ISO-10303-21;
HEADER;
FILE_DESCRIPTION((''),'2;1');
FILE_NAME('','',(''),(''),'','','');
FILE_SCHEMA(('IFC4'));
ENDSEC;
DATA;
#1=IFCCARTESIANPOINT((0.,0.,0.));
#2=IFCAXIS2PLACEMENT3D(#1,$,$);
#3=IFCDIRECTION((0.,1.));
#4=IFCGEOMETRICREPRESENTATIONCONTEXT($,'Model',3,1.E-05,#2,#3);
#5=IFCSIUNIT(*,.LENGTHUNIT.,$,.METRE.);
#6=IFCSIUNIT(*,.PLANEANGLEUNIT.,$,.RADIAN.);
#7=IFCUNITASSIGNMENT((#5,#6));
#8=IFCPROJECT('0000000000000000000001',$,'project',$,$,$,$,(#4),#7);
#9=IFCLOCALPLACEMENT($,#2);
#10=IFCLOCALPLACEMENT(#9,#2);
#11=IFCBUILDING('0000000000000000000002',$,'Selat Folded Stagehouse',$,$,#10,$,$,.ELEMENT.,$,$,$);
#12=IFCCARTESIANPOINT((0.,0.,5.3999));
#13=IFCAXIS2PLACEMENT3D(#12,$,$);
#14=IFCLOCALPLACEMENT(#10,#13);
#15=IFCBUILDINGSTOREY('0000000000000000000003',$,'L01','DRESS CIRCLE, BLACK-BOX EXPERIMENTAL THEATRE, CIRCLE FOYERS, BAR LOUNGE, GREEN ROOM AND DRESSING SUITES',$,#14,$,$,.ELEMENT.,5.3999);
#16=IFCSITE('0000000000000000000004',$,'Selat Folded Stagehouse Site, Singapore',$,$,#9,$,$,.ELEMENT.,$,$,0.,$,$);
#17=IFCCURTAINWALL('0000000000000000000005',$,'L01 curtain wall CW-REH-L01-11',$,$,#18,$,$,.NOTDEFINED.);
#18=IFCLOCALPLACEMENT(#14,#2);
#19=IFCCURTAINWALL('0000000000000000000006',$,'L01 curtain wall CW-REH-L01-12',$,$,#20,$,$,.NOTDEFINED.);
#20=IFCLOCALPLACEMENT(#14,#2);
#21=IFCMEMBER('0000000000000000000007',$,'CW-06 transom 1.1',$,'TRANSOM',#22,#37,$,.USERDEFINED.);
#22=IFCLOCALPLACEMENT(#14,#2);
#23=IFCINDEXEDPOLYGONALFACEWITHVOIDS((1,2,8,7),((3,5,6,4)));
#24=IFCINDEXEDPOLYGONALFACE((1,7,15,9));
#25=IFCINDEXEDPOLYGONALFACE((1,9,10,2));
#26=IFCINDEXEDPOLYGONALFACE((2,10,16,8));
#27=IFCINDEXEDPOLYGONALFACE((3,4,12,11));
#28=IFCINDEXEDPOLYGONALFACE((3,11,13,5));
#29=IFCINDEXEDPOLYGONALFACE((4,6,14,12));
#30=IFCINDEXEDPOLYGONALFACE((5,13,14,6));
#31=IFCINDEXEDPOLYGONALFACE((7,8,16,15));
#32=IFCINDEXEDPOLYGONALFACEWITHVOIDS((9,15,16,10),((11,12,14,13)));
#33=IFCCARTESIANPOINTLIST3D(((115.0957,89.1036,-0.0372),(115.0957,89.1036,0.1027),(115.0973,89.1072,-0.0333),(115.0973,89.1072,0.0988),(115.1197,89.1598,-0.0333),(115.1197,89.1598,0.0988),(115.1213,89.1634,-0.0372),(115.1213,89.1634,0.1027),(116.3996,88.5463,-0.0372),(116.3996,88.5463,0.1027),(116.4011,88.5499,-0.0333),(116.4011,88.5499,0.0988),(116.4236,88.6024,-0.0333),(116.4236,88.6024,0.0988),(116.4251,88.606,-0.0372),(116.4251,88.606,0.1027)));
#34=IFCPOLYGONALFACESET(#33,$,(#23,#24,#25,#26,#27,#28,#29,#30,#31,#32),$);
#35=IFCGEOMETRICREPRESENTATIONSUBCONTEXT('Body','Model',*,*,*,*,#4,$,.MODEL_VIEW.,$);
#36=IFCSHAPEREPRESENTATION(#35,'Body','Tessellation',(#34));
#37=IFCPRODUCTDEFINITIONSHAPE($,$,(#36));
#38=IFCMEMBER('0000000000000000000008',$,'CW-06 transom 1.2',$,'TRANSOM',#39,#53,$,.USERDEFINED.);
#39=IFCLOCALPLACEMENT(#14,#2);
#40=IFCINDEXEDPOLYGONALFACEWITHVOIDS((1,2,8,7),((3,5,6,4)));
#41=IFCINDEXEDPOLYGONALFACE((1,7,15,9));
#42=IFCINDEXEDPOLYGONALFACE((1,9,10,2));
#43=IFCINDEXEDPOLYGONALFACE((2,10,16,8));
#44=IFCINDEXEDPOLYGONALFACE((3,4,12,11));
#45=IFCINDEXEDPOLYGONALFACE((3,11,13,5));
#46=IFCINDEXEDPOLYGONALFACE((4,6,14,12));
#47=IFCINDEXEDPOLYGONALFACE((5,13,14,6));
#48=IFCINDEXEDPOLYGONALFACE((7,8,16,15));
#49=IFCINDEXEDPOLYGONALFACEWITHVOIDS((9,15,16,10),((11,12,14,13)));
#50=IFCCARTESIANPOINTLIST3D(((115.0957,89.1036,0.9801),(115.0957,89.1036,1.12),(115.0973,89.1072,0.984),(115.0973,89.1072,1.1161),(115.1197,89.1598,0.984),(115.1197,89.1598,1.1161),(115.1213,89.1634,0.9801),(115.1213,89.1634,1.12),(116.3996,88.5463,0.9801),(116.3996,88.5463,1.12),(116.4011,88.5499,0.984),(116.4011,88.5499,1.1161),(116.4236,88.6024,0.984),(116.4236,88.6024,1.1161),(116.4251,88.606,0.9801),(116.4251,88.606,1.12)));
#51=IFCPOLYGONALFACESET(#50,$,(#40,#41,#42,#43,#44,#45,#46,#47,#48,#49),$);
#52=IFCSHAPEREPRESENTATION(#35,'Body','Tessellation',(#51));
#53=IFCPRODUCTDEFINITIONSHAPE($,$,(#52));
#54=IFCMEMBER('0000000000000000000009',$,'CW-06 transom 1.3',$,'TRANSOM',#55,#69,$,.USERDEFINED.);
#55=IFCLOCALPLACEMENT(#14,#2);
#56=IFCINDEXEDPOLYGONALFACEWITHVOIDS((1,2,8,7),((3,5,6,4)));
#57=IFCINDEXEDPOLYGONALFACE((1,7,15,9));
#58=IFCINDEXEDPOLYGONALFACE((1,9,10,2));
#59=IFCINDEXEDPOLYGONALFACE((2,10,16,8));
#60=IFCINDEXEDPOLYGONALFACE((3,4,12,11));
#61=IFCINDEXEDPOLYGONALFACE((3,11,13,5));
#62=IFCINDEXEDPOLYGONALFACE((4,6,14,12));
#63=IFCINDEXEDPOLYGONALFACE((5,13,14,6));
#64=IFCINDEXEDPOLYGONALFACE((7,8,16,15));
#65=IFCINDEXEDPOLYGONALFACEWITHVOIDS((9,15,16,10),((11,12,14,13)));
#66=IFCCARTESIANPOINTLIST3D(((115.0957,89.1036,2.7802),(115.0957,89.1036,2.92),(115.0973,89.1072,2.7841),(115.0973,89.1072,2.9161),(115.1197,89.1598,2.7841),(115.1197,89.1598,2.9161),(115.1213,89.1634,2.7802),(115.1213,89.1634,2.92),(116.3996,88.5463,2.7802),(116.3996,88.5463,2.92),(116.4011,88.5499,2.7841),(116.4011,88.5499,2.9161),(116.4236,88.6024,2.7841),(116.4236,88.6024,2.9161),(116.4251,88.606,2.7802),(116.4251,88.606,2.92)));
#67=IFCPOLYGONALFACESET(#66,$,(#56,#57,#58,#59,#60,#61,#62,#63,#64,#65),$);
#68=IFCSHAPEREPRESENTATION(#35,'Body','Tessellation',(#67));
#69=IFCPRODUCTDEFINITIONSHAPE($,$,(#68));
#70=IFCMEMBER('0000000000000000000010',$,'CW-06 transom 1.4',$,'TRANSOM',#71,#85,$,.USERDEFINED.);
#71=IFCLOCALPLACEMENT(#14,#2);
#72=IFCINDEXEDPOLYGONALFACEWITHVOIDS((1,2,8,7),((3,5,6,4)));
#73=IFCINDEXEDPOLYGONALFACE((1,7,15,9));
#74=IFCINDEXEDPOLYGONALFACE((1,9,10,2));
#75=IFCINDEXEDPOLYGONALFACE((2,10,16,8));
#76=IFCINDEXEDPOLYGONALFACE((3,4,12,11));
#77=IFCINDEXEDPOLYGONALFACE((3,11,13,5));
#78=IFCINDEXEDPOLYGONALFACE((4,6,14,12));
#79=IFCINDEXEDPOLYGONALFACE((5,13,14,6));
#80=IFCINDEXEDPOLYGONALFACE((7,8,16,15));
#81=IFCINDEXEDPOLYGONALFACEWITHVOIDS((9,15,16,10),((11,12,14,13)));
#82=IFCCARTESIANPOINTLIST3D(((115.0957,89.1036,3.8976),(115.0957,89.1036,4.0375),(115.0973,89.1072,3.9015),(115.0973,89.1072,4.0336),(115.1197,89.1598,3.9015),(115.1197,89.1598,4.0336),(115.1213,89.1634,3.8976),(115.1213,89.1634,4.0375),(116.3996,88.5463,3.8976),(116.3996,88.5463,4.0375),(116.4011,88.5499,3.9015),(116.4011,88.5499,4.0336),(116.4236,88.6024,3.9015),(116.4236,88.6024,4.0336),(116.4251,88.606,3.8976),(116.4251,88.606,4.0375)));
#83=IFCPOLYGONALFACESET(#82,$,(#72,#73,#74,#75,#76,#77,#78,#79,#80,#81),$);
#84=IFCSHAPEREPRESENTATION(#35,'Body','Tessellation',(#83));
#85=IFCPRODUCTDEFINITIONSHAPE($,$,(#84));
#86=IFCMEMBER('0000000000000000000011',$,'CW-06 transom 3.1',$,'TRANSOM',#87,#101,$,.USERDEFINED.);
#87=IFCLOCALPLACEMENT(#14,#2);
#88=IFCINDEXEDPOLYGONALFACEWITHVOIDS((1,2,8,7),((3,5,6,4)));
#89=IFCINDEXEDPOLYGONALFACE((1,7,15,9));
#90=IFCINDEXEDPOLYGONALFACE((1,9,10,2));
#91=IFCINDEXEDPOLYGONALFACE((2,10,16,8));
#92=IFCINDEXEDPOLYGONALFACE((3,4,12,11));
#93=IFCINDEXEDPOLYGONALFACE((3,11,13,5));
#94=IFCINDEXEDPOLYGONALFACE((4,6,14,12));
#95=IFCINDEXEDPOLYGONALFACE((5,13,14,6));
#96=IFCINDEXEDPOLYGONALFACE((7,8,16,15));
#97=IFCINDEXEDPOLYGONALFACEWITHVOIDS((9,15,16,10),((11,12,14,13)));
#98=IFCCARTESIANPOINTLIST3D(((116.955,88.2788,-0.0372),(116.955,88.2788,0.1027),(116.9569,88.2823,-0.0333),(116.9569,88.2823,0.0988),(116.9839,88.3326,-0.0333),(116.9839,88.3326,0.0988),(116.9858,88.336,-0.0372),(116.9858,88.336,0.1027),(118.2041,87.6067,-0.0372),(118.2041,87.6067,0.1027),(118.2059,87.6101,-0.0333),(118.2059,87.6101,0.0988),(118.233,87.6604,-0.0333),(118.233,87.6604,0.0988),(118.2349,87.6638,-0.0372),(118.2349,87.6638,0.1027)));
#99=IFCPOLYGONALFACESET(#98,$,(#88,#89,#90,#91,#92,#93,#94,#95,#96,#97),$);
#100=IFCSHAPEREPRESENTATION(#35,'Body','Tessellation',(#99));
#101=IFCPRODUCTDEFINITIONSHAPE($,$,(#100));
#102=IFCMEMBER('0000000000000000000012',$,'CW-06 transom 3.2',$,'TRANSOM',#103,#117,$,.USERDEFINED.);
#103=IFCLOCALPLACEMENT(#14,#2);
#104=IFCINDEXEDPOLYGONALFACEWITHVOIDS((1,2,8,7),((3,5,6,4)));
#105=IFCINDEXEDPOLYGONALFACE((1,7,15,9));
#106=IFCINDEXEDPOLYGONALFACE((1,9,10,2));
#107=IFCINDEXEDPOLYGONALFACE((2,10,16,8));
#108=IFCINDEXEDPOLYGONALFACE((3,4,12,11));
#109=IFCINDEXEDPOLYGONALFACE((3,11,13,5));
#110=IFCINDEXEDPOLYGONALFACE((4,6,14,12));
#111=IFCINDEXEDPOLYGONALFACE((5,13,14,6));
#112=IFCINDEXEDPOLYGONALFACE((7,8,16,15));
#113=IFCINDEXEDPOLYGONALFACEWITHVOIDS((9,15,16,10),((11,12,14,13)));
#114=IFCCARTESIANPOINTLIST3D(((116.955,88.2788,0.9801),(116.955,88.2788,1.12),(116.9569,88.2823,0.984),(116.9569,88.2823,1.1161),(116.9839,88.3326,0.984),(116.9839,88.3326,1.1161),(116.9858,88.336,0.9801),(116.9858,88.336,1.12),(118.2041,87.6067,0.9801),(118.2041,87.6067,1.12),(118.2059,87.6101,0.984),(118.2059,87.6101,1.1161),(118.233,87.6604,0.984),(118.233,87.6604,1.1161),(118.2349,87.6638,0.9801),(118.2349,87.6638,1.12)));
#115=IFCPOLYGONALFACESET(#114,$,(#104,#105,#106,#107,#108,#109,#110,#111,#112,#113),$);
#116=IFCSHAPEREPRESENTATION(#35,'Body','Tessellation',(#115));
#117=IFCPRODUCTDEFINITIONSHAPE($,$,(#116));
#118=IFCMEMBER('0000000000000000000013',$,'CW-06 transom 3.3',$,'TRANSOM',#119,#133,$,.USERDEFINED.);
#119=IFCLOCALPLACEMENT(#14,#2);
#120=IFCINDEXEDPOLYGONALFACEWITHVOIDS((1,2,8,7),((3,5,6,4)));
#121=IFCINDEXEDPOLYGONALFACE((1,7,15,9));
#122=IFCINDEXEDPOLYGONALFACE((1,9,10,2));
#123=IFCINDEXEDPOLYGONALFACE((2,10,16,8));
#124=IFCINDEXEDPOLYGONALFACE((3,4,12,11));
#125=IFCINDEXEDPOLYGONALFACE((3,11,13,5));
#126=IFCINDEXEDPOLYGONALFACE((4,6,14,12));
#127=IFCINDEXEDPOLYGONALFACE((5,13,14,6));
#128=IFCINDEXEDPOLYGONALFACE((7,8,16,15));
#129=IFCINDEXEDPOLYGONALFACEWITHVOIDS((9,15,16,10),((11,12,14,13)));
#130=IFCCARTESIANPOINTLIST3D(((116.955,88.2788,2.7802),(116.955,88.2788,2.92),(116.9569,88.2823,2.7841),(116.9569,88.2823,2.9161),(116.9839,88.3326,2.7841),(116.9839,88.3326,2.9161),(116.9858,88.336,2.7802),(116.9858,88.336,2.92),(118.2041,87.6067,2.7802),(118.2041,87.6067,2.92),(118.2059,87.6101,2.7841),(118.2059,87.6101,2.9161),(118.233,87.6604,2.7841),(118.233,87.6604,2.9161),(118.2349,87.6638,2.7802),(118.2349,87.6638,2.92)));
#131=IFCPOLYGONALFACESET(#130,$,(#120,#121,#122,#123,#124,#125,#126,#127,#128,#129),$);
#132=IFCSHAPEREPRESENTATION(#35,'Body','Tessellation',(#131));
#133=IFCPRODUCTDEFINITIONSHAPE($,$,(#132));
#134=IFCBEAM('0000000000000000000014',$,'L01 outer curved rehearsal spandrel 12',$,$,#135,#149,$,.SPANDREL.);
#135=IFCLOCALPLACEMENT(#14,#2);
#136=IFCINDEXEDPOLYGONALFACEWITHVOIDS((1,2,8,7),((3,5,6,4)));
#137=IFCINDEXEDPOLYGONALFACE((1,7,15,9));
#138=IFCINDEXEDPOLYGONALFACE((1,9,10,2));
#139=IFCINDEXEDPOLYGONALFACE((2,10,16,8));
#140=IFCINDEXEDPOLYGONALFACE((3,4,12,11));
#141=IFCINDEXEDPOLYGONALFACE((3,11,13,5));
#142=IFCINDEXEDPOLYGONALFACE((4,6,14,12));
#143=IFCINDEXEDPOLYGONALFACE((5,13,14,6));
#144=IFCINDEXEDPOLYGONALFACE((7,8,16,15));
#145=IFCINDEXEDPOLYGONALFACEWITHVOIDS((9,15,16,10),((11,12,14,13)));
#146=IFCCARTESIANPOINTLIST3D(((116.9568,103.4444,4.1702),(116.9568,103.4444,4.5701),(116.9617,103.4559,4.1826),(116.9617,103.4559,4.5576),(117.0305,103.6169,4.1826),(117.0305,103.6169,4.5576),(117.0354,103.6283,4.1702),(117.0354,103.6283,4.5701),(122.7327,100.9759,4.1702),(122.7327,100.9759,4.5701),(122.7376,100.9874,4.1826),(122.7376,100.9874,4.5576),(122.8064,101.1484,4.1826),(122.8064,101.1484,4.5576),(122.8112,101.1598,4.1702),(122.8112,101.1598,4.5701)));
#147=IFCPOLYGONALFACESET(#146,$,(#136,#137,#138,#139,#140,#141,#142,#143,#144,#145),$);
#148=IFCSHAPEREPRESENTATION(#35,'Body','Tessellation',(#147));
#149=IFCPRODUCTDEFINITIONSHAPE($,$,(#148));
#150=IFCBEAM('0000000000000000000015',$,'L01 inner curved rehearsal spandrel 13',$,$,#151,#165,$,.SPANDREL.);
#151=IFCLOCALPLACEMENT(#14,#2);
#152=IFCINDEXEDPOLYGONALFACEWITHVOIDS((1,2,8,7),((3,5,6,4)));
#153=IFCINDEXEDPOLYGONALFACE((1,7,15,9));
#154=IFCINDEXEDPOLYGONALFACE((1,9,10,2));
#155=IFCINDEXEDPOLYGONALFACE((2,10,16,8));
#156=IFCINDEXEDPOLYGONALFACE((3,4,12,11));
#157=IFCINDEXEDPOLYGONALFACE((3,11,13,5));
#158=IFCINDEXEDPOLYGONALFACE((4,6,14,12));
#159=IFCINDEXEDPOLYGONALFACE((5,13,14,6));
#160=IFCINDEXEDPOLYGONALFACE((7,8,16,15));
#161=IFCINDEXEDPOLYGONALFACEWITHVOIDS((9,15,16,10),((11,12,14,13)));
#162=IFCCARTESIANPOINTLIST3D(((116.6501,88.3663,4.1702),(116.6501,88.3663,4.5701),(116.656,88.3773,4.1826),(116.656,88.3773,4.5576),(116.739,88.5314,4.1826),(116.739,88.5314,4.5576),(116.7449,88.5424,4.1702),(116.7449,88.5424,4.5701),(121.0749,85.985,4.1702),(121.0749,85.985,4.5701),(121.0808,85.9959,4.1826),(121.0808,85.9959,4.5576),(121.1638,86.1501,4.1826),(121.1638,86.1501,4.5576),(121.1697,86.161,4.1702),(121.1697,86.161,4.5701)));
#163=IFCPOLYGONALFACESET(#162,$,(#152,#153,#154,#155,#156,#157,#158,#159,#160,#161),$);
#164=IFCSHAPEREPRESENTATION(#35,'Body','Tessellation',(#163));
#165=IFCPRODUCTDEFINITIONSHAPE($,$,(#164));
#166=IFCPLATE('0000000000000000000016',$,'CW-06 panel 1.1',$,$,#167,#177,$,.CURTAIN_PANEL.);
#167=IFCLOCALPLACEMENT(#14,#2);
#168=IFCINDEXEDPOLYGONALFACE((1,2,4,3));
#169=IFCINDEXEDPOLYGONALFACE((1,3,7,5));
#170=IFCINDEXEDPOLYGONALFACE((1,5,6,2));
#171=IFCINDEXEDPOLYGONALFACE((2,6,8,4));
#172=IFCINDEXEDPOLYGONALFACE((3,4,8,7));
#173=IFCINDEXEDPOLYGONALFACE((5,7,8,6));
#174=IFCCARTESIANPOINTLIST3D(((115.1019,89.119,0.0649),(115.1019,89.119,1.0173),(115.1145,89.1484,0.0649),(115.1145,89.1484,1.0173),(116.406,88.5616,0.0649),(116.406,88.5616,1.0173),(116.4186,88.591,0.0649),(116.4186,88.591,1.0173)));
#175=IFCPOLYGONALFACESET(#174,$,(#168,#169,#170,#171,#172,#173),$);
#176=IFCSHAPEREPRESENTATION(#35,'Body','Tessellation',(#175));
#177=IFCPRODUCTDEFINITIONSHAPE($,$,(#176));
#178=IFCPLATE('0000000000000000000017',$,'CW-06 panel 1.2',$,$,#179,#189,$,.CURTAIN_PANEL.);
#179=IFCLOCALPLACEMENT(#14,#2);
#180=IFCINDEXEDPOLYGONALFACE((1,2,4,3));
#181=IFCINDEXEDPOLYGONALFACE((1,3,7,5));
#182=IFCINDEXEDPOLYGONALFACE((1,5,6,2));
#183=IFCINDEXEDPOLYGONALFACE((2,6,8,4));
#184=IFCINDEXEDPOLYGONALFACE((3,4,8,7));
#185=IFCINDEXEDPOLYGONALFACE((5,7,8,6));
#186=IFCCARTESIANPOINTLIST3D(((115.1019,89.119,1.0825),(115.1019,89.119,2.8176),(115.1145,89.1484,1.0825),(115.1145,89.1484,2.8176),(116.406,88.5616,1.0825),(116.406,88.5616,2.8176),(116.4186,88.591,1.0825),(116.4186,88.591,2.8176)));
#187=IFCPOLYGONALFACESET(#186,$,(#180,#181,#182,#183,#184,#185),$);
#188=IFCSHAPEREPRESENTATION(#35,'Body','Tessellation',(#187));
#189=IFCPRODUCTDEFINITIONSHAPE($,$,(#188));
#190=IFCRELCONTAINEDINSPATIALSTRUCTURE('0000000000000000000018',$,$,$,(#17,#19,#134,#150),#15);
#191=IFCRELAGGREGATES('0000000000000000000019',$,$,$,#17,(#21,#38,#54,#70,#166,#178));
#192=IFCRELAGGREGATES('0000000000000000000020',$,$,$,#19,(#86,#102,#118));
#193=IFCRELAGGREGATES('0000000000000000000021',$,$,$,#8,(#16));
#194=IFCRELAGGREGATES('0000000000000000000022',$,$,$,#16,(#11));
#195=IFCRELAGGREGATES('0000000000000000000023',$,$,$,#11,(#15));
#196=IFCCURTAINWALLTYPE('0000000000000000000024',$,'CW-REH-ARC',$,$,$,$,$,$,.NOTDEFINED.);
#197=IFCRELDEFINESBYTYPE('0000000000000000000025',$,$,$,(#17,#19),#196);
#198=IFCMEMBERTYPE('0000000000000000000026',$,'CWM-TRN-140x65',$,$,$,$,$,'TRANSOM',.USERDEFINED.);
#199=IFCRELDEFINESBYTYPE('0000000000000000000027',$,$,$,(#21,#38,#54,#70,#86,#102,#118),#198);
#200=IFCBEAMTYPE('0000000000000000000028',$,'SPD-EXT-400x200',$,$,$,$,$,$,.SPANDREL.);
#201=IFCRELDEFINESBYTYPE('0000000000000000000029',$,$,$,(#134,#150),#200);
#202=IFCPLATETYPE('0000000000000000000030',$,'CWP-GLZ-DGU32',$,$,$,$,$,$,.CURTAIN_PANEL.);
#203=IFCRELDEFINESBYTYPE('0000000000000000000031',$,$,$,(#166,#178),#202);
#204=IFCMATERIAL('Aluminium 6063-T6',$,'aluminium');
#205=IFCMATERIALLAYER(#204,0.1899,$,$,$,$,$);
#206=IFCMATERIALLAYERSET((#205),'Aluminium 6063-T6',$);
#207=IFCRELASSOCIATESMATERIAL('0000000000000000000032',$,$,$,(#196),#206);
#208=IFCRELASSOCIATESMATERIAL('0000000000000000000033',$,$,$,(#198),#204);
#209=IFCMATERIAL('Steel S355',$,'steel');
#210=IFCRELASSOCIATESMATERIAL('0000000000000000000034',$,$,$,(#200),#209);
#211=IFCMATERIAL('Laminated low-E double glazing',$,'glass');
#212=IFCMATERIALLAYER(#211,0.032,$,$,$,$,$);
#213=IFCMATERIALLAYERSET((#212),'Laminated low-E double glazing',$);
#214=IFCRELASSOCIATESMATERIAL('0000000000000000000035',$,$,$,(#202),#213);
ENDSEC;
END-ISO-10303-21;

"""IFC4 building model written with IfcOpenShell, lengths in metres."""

from ifc_helpers import new_model, si_unit, direction, frame, origin, origin_2d, place, context, subcontext, project, spatial, rectangle, hollow_rectangle, extrude, material, layer, layer_set, material_profile, profile_set, type_object, element, aggregate, save


model = new_model("IFC4")

# Units and contexts
model_context = context("Model", 3, precision=1e-05, world=origin(), true_north=direction((0.0, 1.0)))
body_context = subcontext(model_context, "Body", "Model", "MODEL_VIEW")
ifc_project = project(units=[si_unit("LENGTHUNIT", "METRE"), si_unit("PLANEANGLEUNIT", "RADIAN")], contexts=[model_context])

# Site, building, storey
site_placement = place(None, origin())
site = spatial("IfcSite", under=ifc_project, at=site_placement, Name="Selat Folded Stagehouse Site, Singapore", CompositionType="ELEMENT", RefElevation=0.0)
building_placement = place(site_placement, origin())
building = spatial("IfcBuilding", under=site, at=building_placement, Name="Selat Folded Stagehouse", CompositionType="ELEMENT")
storey_placement = place(building_placement, frame((0.0, 0.0, 5.3999)))
storey = spatial("IfcBuildingStorey", under=building, at=storey_placement, Name="L01", Description="DRESS CIRCLE, BLACK-BOX EXPERIMENTAL THEATRE, CIRCLE FOYERS, BAR LOUNGE, GREEN ROOM AND DRESSING SUITES", CompositionType="ELEMENT", Elevation=5.3999)

# Shared definitions
ifc_material_1 = material(Name="Steel S355", Category="steel")

# Curtain walls
ifc_material_2 = material(Name="Aluminium 6063-T6", Category="aluminium")
ifc_layer_1 = layer(ifc_material_2, 0.1899)
ifc_layer_set_1 = layer_set([ifc_layer_1], Name="Aluminium 6063-T6")
curtain_wall_type = type_object("IfcCurtainWallType", Name="CW-REH-ARC", PredefinedType="NOTDEFINED", material=ifc_layer_set_1)
curtain_wall_1_placement = place(storey_placement, origin())
curtain_wall_1 = element("IfcCurtainWall", 1, at=curtain_wall_1_placement, inside=storey, type_object=curtain_wall_type, Name="L01 curtain wall CW-REH-L01-11", PredefinedType="NOTDEFINED")
curtain_wall_2_placement = place(storey_placement, origin())
curtain_wall_2 = element("IfcCurtainWall", 2, at=curtain_wall_2_placement, inside=storey, type_object=curtain_wall_type, Name="L01 curtain wall CW-REH-L01-12", PredefinedType="NOTDEFINED")

# Members
ifc_material_profile_1 = material_profile(ifc_material_2, hollow_rectangle(XDim=0.0649, YDim=0.1399, WallThickness=0.0039, at=origin_2d()), Name="ALU 140x65x4.0")
ifc_profile_set_1 = profile_set([ifc_material_profile_1], Name="Aluminium 6063-T6")
member_type_1 = type_object("IfcMemberType", Name="CWM-TRN-140x65", ElementType="TRANSOM", PredefinedType="USERDEFINED", material=ifc_profile_set_1)
member_1_placement = place(storey_placement, frame((116.4124, 88.5762, 0.0327), z_axis=(-0.919519, 0.393046, 0.0), x_axis=(-0.393046, -0.919519, 0.0)))
member_1 = element("IfcMember", 3, at=member_1_placement, type_object=member_type_1, Name="CW-06 transom 1.1", ObjectType="TRANSOM", PredefinedType="USERDEFINED", context=body_context, shape_type="SweptSolid", body=[
    extrude(hollow_rectangle(XDim=0.0649, YDim=0.1399, WallThickness=0.0039, at=origin_2d()), origin(), (0.0, 0.0, 1.0), 1.418),
])
member_2_placement = place(storey_placement, frame((116.4124, 88.5762, 1.05), z_axis=(-0.919519, 0.393046, 0.0), x_axis=(-0.393046, -0.919519, 0.0)))
member_2 = element("IfcMember", 4, at=member_2_placement, type_object=member_type_1, Name="CW-06 transom 1.2", ObjectType="TRANSOM", PredefinedType="USERDEFINED", context=body_context, shape_type="SweptSolid", body=[
    extrude(hollow_rectangle(XDim=0.0649, YDim=0.1399, WallThickness=0.0039, at=origin_2d()), origin(), (0.0, 0.0, 1.0), 1.418),
])
member_3_placement = place(storey_placement, frame((116.4124, 88.5762, 2.8501), z_axis=(-0.919519, 0.393046, 0.0), x_axis=(-0.393046, -0.919519, 0.0)))
member_3 = element("IfcMember", 5, at=member_3_placement, type_object=member_type_1, Name="CW-06 transom 1.3", ObjectType="TRANSOM", PredefinedType="USERDEFINED", context=body_context, shape_type="SweptSolid", body=[
    extrude(hollow_rectangle(XDim=0.0649, YDim=0.1399, WallThickness=0.0039, at=origin_2d()), origin(), (0.0, 0.0, 1.0), 1.418),
])
member_4_placement = place(storey_placement, frame((116.4124, 88.5762, 3.9675), z_axis=(-0.919519, 0.393046, 0.0), x_axis=(-0.393046, -0.919519, 0.0)))
member_4 = element("IfcMember", 6, at=member_4_placement, type_object=member_type_1, Name="CW-06 transom 1.4", ObjectType="TRANSOM", PredefinedType="USERDEFINED", context=body_context, shape_type="SweptSolid", body=[
    extrude(hollow_rectangle(XDim=0.0649, YDim=0.1399, WallThickness=0.0039, at=origin_2d()), origin(), (0.0, 0.0, 1.0), 1.418),
])
member_5_placement = place(storey_placement, frame((118.2195, 87.6353, 0.0327), z_axis=(-0.880598, 0.473864, 0.0), x_axis=(-0.473864, -0.880598, 0.0)))
member_5 = element("IfcMember", 7, at=member_5_placement, type_object=member_type_1, Name="CW-06 transom 3.1", ObjectType="TRANSOM", PredefinedType="USERDEFINED", context=body_context, shape_type="SweptSolid", body=[
    extrude(hollow_rectangle(XDim=0.0649, YDim=0.1399, WallThickness=0.0039, at=origin_2d()), origin(), (0.0, 0.0, 1.0), 1.4185),
])
member_6_placement = place(storey_placement, frame((118.2195, 87.6353, 1.05), z_axis=(-0.880598, 0.473864, 0.0), x_axis=(-0.473864, -0.880598, 0.0)))
member_6 = element("IfcMember", 8, at=member_6_placement, type_object=member_type_1, Name="CW-06 transom 3.2", ObjectType="TRANSOM", PredefinedType="USERDEFINED", context=body_context, shape_type="SweptSolid", body=[
    extrude(hollow_rectangle(XDim=0.0649, YDim=0.1399, WallThickness=0.0039, at=origin_2d()), origin(), (0.0, 0.0, 1.0), 1.4185),
])
member_7_placement = place(storey_placement, frame((118.2195, 87.6353, 2.8501), z_axis=(-0.880598, 0.473864, 0.0), x_axis=(-0.473864, -0.880598, 0.0)))
member_7 = element("IfcMember", 9, at=member_7_placement, type_object=member_type_1, Name="CW-06 transom 3.3", ObjectType="TRANSOM", PredefinedType="USERDEFINED", context=body_context, shape_type="SweptSolid", body=[
    extrude(hollow_rectangle(XDim=0.0649, YDim=0.1399, WallThickness=0.0039, at=origin_2d()), origin(), (0.0, 0.0, 1.0), 1.4185),
])

# Beams
ifc_material_profile_2 = material_profile(ifc_material_1, hollow_rectangle(XDim=0.2, YDim=0.3999, WallThickness=0.0125, at=origin_2d()), Name="RHS 400x200x12.5")
ifc_profile_set_2 = profile_set([ifc_material_profile_2], Name="Steel S355")
beam_type_1 = type_object("IfcBeamType", Name="SPD-EXT-400x200", PredefinedType="SPANDREL", material=ifc_profile_set_2)
beam_1_placement = place(storey_placement, frame((116.9961, 103.5364, 4.3701), z_axis=(0.919541, -0.392995, 0.0), x_axis=(0.392995, 0.919541, 0.0)))
element("IfcBeam", 10, at=beam_1_placement, inside=storey, type_object=beam_type_1, Name="L01 outer curved rehearsal spandrel 12", PredefinedType="SPANDREL", context=body_context, shape_type="SweptSolid", body=[
    extrude(hollow_rectangle(XDim=0.2, YDim=0.3999, WallThickness=0.0125, at=origin_2d()), origin(), (0.0, 0.0, 1.0), 6.2812),
])
beam_2_placement = place(storey_placement, frame((116.6975, 88.4543, 4.3701), z_axis=(0.880574, -0.473909, 0.0), x_axis=(0.473909, 0.880574, 0.0)))
element("IfcBeam", 11, at=beam_2_placement, inside=storey, type_object=beam_type_1, Name="L01 inner curved rehearsal spandrel 13", PredefinedType="SPANDREL", context=body_context, shape_type="SweptSolid", body=[
    extrude(hollow_rectangle(XDim=0.2, YDim=0.3999, WallThickness=0.0125, at=origin_2d()), origin(), (0.0, 0.0, 1.0), 5.0249),
])

# Plates
ifc_material_3 = material(Name="Laminated low-E double glazing", Category="glass")
ifc_layer_2 = layer(ifc_material_3, 0.032)
ifc_layer_set_2 = layer_set([ifc_layer_2], Name="Laminated low-E double glazing")
plate_type = type_object("IfcPlateType", Name="CWP-GLZ-DGU32", PredefinedType="CURTAIN_PANEL", material=ifc_layer_set_2)
plate_1_placement = place(storey_placement, frame((115.7603, 88.855, 0.0649), z_axis=(0.0, 0.0, 1.0), x_axis=(-0.919533, 0.393012, 0.0)))
plate_1 = element("IfcPlate", 12, at=plate_1_placement, type_object=plate_type, Name="CW-06 panel 1.1", PredefinedType="CURTAIN_PANEL", context=body_context, shape_type="SweptSolid", body=[
    extrude(rectangle(XDim=1.4182, YDim=0.032, at=origin_2d()), origin(), (0.0, 0.0, 1.0), 0.9524),
])
plate_2_placement = place(storey_placement, frame((115.7603, 88.855, 1.0825), z_axis=(0.0, 0.0, 1.0), x_axis=(-0.919533, 0.393012, 0.0)))
plate_2 = element("IfcPlate", 13, at=plate_2_placement, type_object=plate_type, Name="CW-06 panel 1.2", PredefinedType="CURTAIN_PANEL", context=body_context, shape_type="SweptSolid", body=[
    extrude(rectangle(XDim=1.4182, YDim=0.032, at=origin_2d()), origin(), (0.0, 0.0, 1.0), 1.7351),
])
aggregate(curtain_wall_1, [member_1, member_2, member_3, member_4, plate_1, plate_2])
aggregate(curtain_wall_2, [member_5, member_6, member_7])

save(model, "model.ifc")
